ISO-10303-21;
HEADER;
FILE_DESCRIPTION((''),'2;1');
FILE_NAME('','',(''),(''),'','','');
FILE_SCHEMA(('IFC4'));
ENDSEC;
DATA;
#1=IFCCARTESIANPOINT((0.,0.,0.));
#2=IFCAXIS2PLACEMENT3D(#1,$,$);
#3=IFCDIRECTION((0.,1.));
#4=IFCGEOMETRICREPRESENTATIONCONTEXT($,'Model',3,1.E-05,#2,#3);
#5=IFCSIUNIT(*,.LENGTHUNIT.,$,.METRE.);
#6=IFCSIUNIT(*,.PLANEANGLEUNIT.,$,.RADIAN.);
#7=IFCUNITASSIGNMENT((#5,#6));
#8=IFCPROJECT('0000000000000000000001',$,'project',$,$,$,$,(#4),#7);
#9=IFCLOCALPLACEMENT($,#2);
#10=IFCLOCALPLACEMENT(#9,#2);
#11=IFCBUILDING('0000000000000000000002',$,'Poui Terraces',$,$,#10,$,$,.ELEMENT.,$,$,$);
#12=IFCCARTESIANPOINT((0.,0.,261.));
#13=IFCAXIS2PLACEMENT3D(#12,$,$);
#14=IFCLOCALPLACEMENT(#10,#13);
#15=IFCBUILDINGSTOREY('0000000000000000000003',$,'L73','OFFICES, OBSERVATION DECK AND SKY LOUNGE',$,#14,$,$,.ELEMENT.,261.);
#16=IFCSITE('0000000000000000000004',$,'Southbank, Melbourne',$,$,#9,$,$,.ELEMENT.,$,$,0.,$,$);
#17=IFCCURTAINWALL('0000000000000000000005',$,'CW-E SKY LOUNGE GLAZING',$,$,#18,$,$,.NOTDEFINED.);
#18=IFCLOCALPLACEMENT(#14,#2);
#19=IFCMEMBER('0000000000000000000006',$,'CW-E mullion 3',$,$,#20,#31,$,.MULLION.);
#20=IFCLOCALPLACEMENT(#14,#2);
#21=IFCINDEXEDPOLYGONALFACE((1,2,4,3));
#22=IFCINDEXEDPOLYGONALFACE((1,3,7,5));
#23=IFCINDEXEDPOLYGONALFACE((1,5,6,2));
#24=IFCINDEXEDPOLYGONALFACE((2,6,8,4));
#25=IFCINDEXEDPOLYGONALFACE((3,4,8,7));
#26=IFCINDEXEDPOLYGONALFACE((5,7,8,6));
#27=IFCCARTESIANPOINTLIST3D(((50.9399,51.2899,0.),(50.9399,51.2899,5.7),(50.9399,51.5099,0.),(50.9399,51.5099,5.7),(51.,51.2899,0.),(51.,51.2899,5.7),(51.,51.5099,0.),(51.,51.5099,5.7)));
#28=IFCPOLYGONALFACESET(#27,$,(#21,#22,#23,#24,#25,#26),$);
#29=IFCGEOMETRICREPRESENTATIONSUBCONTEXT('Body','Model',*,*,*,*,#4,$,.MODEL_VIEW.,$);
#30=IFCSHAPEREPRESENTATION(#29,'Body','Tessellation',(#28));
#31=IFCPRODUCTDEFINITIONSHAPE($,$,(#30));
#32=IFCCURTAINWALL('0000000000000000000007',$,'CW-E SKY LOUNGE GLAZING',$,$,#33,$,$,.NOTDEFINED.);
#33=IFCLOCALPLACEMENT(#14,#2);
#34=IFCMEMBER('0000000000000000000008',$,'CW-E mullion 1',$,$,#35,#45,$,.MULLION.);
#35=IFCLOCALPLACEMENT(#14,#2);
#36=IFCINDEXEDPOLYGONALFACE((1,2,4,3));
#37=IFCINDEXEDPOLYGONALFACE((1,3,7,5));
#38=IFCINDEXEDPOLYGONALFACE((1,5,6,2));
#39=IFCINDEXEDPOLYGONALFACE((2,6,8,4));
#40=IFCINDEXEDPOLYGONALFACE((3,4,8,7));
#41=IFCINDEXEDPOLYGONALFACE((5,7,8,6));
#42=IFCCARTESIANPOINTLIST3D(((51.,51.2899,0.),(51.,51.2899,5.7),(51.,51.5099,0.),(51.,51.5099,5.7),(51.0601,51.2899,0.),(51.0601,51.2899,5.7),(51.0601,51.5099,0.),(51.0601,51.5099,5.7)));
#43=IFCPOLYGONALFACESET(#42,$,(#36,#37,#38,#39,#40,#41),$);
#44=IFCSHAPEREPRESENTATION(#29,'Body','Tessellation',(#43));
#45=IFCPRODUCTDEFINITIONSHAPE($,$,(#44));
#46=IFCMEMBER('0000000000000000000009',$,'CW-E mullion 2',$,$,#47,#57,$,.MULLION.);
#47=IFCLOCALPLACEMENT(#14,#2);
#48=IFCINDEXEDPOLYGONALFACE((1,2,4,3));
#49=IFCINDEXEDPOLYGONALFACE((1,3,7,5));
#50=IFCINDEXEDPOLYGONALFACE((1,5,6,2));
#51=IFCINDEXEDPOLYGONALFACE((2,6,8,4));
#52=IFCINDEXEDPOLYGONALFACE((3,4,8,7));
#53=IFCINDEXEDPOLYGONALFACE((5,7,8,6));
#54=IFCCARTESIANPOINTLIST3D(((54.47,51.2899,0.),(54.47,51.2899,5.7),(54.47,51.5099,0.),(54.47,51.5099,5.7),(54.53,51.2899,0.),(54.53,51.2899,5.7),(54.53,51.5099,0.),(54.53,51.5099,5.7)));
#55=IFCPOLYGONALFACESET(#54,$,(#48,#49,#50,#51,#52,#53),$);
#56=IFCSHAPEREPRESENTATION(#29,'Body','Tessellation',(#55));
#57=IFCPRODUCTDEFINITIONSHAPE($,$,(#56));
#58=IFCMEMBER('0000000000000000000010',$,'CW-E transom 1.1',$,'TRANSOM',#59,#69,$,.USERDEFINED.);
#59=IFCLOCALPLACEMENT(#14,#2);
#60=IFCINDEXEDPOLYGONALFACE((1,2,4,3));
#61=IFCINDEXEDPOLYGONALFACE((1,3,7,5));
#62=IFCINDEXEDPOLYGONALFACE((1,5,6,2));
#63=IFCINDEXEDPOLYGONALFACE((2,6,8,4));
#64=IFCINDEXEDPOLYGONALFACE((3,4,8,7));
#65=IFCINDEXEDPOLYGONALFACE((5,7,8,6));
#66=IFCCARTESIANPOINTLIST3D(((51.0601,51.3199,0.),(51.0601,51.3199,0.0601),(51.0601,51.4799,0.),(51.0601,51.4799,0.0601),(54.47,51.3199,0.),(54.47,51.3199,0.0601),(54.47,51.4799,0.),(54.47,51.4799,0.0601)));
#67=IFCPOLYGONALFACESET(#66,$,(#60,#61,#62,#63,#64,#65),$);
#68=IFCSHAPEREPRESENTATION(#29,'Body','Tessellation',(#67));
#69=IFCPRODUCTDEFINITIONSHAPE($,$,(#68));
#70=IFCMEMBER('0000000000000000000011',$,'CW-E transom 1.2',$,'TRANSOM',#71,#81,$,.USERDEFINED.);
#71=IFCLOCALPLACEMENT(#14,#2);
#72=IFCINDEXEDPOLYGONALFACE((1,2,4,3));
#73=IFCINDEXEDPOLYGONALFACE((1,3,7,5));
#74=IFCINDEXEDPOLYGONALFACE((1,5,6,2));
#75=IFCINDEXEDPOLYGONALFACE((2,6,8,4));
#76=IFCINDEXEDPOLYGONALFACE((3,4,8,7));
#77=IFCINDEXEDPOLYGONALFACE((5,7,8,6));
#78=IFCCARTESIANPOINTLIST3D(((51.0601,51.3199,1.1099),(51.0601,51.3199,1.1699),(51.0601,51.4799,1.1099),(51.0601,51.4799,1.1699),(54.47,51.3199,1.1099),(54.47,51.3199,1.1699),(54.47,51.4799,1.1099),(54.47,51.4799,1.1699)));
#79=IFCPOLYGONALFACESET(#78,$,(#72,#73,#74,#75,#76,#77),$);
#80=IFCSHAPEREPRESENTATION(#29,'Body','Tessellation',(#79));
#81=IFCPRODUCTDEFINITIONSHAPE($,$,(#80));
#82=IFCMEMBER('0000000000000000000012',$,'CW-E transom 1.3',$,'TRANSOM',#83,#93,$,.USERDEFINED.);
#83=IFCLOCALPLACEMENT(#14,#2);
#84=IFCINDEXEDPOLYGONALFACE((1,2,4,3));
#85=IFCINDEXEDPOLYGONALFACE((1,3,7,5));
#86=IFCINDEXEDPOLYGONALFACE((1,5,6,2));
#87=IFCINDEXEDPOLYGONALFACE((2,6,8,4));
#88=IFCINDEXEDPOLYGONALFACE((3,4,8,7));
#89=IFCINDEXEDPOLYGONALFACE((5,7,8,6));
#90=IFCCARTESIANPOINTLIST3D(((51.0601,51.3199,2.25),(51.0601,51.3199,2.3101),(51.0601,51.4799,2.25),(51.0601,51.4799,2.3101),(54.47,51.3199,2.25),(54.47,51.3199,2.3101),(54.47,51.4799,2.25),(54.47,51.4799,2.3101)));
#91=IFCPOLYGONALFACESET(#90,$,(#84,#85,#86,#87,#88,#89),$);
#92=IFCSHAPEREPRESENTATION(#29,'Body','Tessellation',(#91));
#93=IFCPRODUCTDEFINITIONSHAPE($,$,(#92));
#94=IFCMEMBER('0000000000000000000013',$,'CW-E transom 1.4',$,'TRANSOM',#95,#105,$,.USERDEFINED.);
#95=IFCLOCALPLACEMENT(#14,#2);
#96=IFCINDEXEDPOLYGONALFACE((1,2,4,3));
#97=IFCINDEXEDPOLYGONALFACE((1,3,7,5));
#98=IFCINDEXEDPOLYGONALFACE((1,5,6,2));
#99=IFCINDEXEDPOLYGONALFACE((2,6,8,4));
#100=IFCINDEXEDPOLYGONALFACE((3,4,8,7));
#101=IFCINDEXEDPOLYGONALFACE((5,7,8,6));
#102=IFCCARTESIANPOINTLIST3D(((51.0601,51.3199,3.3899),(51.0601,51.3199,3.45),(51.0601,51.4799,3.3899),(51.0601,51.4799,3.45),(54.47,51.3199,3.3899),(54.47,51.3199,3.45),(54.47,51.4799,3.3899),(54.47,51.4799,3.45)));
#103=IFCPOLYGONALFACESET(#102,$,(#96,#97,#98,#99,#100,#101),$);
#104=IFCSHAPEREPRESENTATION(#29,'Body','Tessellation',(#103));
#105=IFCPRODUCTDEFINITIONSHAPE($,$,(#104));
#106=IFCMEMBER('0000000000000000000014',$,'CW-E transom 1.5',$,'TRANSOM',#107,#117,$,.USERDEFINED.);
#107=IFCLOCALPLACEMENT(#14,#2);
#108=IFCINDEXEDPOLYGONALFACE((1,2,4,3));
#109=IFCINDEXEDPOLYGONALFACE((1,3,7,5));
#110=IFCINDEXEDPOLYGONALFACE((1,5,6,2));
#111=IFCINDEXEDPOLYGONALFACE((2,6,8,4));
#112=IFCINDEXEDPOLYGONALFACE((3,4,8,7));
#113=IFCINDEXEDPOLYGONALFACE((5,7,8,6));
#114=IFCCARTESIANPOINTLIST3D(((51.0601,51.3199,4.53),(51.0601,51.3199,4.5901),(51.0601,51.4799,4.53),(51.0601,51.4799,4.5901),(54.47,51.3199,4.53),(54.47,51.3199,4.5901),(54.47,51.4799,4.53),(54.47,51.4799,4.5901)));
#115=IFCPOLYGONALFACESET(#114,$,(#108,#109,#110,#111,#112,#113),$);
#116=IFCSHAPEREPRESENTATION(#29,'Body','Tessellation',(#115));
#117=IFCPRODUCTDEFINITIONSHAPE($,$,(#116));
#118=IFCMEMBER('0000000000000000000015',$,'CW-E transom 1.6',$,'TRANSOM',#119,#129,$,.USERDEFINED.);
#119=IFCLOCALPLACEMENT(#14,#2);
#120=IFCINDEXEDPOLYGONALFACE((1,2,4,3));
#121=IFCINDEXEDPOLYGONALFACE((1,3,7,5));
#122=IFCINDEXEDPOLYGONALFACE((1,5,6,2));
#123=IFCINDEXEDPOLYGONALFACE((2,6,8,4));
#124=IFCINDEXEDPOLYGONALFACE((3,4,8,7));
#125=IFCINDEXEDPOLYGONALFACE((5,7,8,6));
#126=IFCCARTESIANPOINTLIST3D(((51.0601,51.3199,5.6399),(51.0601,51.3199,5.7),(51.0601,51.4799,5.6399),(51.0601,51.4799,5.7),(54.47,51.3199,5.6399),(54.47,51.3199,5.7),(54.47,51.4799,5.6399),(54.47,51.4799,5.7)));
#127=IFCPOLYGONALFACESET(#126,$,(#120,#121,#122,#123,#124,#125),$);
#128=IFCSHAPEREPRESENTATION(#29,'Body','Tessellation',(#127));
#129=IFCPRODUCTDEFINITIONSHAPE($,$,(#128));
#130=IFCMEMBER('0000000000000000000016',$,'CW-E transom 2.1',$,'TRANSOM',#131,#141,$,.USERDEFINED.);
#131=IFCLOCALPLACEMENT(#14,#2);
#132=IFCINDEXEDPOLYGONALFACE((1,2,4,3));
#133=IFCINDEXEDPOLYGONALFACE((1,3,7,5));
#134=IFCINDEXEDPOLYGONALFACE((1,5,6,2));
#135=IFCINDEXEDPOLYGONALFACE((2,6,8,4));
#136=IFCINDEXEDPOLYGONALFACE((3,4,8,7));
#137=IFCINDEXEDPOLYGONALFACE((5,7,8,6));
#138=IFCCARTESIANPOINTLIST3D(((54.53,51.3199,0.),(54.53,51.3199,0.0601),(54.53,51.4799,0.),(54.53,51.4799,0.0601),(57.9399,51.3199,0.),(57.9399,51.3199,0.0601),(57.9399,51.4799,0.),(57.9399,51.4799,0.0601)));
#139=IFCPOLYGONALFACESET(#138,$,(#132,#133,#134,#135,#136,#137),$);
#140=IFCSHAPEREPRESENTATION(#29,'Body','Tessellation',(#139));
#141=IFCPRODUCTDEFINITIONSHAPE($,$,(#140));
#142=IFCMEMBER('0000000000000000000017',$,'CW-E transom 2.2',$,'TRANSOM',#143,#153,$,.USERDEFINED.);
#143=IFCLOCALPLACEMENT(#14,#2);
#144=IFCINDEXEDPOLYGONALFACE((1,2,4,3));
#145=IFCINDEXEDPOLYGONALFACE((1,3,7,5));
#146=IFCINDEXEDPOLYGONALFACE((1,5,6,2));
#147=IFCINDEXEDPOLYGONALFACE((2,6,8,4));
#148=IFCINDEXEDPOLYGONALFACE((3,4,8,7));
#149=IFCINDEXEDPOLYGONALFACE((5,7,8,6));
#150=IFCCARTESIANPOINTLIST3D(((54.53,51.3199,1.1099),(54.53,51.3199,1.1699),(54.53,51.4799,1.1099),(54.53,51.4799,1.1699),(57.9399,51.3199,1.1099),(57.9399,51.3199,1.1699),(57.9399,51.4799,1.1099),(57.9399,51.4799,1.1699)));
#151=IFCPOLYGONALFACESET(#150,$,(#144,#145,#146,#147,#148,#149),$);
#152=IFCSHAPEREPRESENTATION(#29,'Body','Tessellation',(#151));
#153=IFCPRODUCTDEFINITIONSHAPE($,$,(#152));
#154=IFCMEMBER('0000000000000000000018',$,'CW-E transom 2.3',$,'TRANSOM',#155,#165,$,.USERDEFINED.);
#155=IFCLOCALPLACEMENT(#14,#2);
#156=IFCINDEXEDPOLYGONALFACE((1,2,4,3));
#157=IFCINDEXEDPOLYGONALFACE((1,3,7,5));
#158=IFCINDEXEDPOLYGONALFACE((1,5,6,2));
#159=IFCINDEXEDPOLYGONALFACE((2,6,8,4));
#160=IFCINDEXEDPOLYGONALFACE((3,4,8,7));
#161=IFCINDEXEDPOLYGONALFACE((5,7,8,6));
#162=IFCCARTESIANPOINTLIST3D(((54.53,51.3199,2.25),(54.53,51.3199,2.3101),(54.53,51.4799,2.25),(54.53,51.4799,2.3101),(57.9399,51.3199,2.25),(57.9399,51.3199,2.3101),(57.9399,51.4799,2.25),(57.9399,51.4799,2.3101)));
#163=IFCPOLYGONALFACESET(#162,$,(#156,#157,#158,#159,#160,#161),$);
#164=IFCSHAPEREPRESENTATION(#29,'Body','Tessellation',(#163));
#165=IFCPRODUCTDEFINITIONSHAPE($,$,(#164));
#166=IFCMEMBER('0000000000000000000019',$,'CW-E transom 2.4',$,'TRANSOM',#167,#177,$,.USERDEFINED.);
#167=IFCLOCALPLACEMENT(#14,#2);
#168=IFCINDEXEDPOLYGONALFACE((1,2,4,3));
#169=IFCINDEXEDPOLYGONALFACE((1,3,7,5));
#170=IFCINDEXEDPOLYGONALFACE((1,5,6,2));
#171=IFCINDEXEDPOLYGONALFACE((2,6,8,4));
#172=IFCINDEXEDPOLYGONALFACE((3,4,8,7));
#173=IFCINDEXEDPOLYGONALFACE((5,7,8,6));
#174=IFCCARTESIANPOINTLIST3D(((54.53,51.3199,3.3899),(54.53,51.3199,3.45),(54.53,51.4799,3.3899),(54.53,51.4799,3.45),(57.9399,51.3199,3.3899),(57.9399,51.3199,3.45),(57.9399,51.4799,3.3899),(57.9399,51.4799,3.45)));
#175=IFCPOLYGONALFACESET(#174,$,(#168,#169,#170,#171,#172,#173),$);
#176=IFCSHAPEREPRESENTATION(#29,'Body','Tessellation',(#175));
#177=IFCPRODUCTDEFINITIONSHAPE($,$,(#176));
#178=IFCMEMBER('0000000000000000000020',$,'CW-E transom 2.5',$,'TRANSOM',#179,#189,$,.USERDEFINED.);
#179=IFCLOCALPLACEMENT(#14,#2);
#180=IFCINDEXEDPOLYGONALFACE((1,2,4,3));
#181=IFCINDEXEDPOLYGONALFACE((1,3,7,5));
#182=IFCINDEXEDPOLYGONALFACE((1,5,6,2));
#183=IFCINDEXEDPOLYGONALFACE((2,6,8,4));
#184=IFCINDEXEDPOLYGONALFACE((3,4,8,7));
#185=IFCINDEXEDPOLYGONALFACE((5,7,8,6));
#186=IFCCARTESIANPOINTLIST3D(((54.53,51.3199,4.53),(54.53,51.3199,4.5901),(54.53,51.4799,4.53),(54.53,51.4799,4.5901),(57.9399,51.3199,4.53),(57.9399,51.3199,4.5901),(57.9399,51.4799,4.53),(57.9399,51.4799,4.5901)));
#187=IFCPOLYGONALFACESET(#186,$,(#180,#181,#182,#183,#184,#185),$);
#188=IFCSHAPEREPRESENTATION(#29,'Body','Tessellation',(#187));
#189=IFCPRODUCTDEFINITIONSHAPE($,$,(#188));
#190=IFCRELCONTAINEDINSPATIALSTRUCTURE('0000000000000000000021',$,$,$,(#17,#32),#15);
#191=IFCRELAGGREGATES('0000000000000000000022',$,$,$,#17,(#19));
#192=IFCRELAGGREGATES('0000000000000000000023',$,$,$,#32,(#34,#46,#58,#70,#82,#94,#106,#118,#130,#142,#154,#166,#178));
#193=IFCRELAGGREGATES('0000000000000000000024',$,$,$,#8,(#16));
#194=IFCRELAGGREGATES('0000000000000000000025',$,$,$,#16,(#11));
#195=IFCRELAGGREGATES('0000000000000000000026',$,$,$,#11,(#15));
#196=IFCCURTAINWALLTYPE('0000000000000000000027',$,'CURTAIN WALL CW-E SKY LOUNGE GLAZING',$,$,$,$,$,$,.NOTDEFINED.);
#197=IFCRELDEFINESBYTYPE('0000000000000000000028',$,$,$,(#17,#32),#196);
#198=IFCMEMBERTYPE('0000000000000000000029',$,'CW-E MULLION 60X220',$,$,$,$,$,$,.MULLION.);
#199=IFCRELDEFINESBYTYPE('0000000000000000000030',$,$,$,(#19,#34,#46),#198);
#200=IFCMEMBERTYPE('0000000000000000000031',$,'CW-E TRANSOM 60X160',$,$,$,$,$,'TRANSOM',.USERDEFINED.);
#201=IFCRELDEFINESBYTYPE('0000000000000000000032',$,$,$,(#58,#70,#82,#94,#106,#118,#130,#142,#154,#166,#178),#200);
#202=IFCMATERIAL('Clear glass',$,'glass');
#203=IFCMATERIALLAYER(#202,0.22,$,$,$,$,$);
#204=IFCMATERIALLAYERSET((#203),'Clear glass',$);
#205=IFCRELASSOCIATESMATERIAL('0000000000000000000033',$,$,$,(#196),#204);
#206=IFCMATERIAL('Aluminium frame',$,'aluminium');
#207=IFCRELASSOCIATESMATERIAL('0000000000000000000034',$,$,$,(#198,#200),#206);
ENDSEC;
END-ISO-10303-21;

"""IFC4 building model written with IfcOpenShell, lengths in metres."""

from ifc_helpers import new_model, si_unit, direction, frame, origin, origin_2d, place, context, subcontext, project, spatial, rectangle, extrude, material, layer, layer_set, material_profile, profile_set, type_object, element, aggregate, save


model = new_model("IFC4")

# Units and contexts
model_context = context("Model", 3, precision=1e-05, world=origin(), true_north=direction((0.0, 1.0)))
body_context = subcontext(model_context, "Body", "Model", "MODEL_VIEW")
ifc_project = project(units=[si_unit("LENGTHUNIT", "METRE"), si_unit("PLANEANGLEUNIT", "RADIAN")], contexts=[model_context])

# Site, building, storey
site_placement = place(None, origin())
site = spatial("IfcSite", under=ifc_project, at=site_placement, Name="Southbank, Melbourne", CompositionType="ELEMENT", RefElevation=0.0)
building_placement = place(site_placement, origin())
building = spatial("IfcBuilding", under=site, at=building_placement, Name="Poui Terraces", CompositionType="ELEMENT")
storey_placement = place(building_placement, frame((0.0, 0.0, 261.0)))
storey = spatial("IfcBuildingStorey", under=building, at=storey_placement, Name="L73", Description="OFFICES, OBSERVATION DECK AND SKY LOUNGE", CompositionType="ELEMENT", Elevation=261.0)

# Curtain wall, member
ifc_material_1 = material(Name="Clear glass", Category="glass")
ifc_layer_1 = layer(ifc_material_1, 0.22)
ifc_layer_set_1 = layer_set([ifc_layer_1], Name="Clear glass")
curtain_wall_type = type_object("IfcCurtainWallType", Name="CURTAIN WALL CW-E SKY LOUNGE GLAZING", PredefinedType="NOTDEFINED", material=ifc_layer_set_1)
curtain_wall_1_placement = place(storey_placement, origin())
curtain_wall_1 = element("IfcCurtainWall", 1, at=curtain_wall_1_placement, inside=storey, type_object=curtain_wall_type, Name="CW-E SKY LOUNGE GLAZING", PredefinedType="NOTDEFINED")
ifc_material_2 = material(Name="Aluminium frame", Category="aluminium")
ifc_material_profile_1 = material_profile(ifc_material_2, rectangle(XDim=0.22, YDim=0.0601, at=origin_2d()), Name="CW-E MULLION 60X220")
ifc_profile_set_1 = profile_set([ifc_material_profile_1], Name="Aluminium frame")
member_type_1 = type_object("IfcMemberType", Name="CW-E MULLION 60X220", PredefinedType="MULLION", material=ifc_profile_set_1)
member_1_placement = place(storey_placement, frame((50.97, 51.3999, 0.0), z_axis=(0.0, 0.0, 1.0), x_axis=(0.0, 1.0, 0.0)))
member_1 = element("IfcMember", 2, at=member_1_placement, type_object=member_type_1, Name="CW-E mullion 3", PredefinedType="MULLION", context=body_context, shape_type="SweptSolid", body=[
    extrude(rectangle(XDim=0.22, YDim=0.0601, at=origin_2d()), origin(), (0.0, 0.0, 1.0), 5.7),
])

# Curtain wall, members
curtain_wall_2_placement = place(storey_placement, origin())
curtain_wall_2 = element("IfcCurtainWall", 3, at=curtain_wall_2_placement, inside=storey, type_object=curtain_wall_type, Name="CW-E SKY LOUNGE GLAZING", PredefinedType="NOTDEFINED")
member_2_placement = place(storey_placement, frame((51.03, 51.3999, 0.0), z_axis=(0.0, 0.0, 1.0), x_axis=(0.0, 1.0, 0.0)))
member_2 = element("IfcMember", 4, at=member_2_placement, type_object=member_type_1, Name="CW-E mullion 1", PredefinedType="MULLION", context=body_context, shape_type="SweptSolid", body=[
    extrude(rectangle(XDim=0.22, YDim=0.0601, at=origin_2d()), origin(), (0.0, 0.0, 1.0), 5.7),
])
member_3_placement = place(storey_placement, frame((54.5, 51.3999, 0.0), z_axis=(0.0, 0.0, 1.0), x_axis=(0.0, 1.0, 0.0)))
member_3 = element("IfcMember", 5, at=member_3_placement, type_object=member_type_1, Name="CW-E mullion 2", PredefinedType="MULLION", context=body_context, shape_type="SweptSolid", body=[
    extrude(rectangle(XDim=0.22, YDim=0.0601, at=origin_2d()), origin(), (0.0, 0.0, 1.0), 5.7),
])
ifc_material_profile_2 = material_profile(ifc_material_2, rectangle(XDim=0.1599, YDim=0.0601, at=origin_2d()), Name="CW-E TRANSOM 60X160")
ifc_profile_set_2 = profile_set([ifc_material_profile_2], Name="Aluminium frame")
member_type_2 = type_object("IfcMemberType", Name="CW-E TRANSOM 60X160", ElementType="TRANSOM", PredefinedType="USERDEFINED", material=ifc_profile_set_2)
member_4_placement = place(storey_placement, frame((51.0601, 51.3999, 0.03), z_axis=(1.0, 0.0, 0.0), x_axis=(0.0, 1.0, 0.0)))
member_4 = element("IfcMember", 6, at=member_4_placement, type_object=member_type_2, Name="CW-E transom 1.1", ObjectType="TRANSOM", PredefinedType="USERDEFINED", context=body_context, shape_type="SweptSolid", body=[
    extrude(rectangle(XDim=0.1599, YDim=0.0601, at=origin_2d()), origin(), (0.0, 0.0, 1.0), 3.4099),
])
member_5_placement = place(storey_placement, frame((51.0601, 51.3999, 1.1399), z_axis=(1.0, 0.0, 0.0), x_axis=(0.0, 1.0, 0.0)))
member_5 = element("IfcMember", 7, at=member_5_placement, type_object=member_type_2, Name="CW-E transom 1.2", ObjectType="TRANSOM", PredefinedType="USERDEFINED", context=body_context, shape_type="SweptSolid", body=[
    extrude(rectangle(XDim=0.1599, YDim=0.0601, at=origin_2d()), origin(), (0.0, 0.0, 1.0), 3.4099),
])
member_6_placement = place(storey_placement, frame((51.0601, 51.3999, 2.28), z_axis=(1.0, 0.0, 0.0), x_axis=(0.0, 1.0, 0.0)))
member_6 = element("IfcMember", 8, at=member_6_placement, type_object=member_type_2, Name="CW-E transom 1.3", ObjectType="TRANSOM", PredefinedType="USERDEFINED", context=body_context, shape_type="SweptSolid", body=[
    extrude(rectangle(XDim=0.1599, YDim=0.0601, at=origin_2d()), origin(), (0.0, 0.0, 1.0), 3.4099),
])
member_7_placement = place(storey_placement, frame((51.0601, 51.3999, 3.4199), z_axis=(1.0, 0.0, 0.0), x_axis=(0.0, 1.0, 0.0)))
member_7 = element("IfcMember", 9, at=member_7_placement, type_object=member_type_2, Name="CW-E transom 1.4", ObjectType="TRANSOM", PredefinedType="USERDEFINED", context=body_context, shape_type="SweptSolid", body=[
    extrude(rectangle(XDim=0.1599, YDim=0.0601, at=origin_2d()), origin(), (0.0, 0.0, 1.0), 3.4099),
])
member_8_placement = place(storey_placement, frame((51.0601, 51.3999, 4.5601), z_axis=(1.0, 0.0, 0.0), x_axis=(0.0, 1.0, 0.0)))
member_8 = element("IfcMember", 10, at=member_8_placement, type_object=member_type_2, Name="CW-E transom 1.5", ObjectType="TRANSOM", PredefinedType="USERDEFINED", context=body_context, shape_type="SweptSolid", body=[
    extrude(rectangle(XDim=0.1599, YDim=0.0601, at=origin_2d()), origin(), (0.0, 0.0, 1.0), 3.4099),
])
member_9_placement = place(storey_placement, frame((51.0601, 51.3999, 5.6699), z_axis=(1.0, 0.0, 0.0), x_axis=(0.0, 1.0, 0.0)))
member_9 = element("IfcMember", 11, at=member_9_placement, type_object=member_type_2, Name="CW-E transom 1.6", ObjectType="TRANSOM", PredefinedType="USERDEFINED", context=body_context, shape_type="SweptSolid", body=[
    extrude(rectangle(XDim=0.1599, YDim=0.0601, at=origin_2d()), origin(), (0.0, 0.0, 1.0), 3.4099),
])
member_10_placement = place(storey_placement, frame((54.53, 51.3999, 0.03), z_axis=(1.0, 0.0, 0.0), x_axis=(0.0, 1.0, 0.0)))
member_10 = element("IfcMember", 12, at=member_10_placement, type_object=member_type_2, Name="CW-E transom 2.1", ObjectType="TRANSOM", PredefinedType="USERDEFINED", context=body_context, shape_type="SweptSolid", body=[
    extrude(rectangle(XDim=0.1599, YDim=0.0601, at=origin_2d()), origin(), (0.0, 0.0, 1.0), 3.4099),
])
member_11_placement = place(storey_placement, frame((54.53, 51.3999, 1.1399), z_axis=(1.0, 0.0, 0.0), x_axis=(0.0, 1.0, 0.0)))
member_11 = element("IfcMember", 13, at=member_11_placement, type_object=member_type_2, Name="CW-E transom 2.2", ObjectType="TRANSOM", PredefinedType="USERDEFINED", context=body_context, shape_type="SweptSolid", body=[
    extrude(rectangle(XDim=0.1599, YDim=0.0601, at=origin_2d()), origin(), (0.0, 0.0, 1.0), 3.4099),
])
member_12_placement = place(storey_placement, frame((54.53, 51.3999, 2.28), z_axis=(1.0, 0.0, 0.0), x_axis=(0.0, 1.0, 0.0)))
member_12 = element("IfcMember", 14, at=member_12_placement, type_object=member_type_2, Name="CW-E transom 2.3", ObjectType="TRANSOM", PredefinedType="USERDEFINED", context=body_context, shape_type="SweptSolid", body=[
    extrude(rectangle(XDim=0.1599, YDim=0.0601, at=origin_2d()), origin(), (0.0, 0.0, 1.0), 3.4099),
])
member_13_placement = place(storey_placement, frame((54.53, 51.3999, 3.4199), z_axis=(1.0, 0.0, 0.0), x_axis=(0.0, 1.0, 0.0)))
member_13 = element("IfcMember", 15, at=member_13_placement, type_object=member_type_2, Name="CW-E transom 2.4", ObjectType="TRANSOM", PredefinedType="USERDEFINED", context=body_context, shape_type="SweptSolid", body=[
    extrude(rectangle(XDim=0.1599, YDim=0.0601, at=origin_2d()), origin(), (0.0, 0.0, 1.0), 3.4099),
])
member_14_placement = place(storey_placement, frame((54.53, 51.3999, 4.5601), z_axis=(1.0, 0.0, 0.0), x_axis=(0.0, 1.0, 0.0)))
member_14 = element("IfcMember", 16, at=member_14_placement, type_object=member_type_2, Name="CW-E transom 2.5", ObjectType="TRANSOM", PredefinedType="USERDEFINED", context=body_context, shape_type="SweptSolid", body=[
    extrude(rectangle(XDim=0.1599, YDim=0.0601, at=origin_2d()), origin(), (0.0, 0.0, 1.0), 3.4099),
])

aggregate(curtain_wall_1, [member_1])
aggregate(curtain_wall_2, [member_2, member_3, member_4, member_5, member_6, member_7, member_8, member_9, member_10, member_11, member_12, member_13, member_14])

save(model, "model.ifc")
